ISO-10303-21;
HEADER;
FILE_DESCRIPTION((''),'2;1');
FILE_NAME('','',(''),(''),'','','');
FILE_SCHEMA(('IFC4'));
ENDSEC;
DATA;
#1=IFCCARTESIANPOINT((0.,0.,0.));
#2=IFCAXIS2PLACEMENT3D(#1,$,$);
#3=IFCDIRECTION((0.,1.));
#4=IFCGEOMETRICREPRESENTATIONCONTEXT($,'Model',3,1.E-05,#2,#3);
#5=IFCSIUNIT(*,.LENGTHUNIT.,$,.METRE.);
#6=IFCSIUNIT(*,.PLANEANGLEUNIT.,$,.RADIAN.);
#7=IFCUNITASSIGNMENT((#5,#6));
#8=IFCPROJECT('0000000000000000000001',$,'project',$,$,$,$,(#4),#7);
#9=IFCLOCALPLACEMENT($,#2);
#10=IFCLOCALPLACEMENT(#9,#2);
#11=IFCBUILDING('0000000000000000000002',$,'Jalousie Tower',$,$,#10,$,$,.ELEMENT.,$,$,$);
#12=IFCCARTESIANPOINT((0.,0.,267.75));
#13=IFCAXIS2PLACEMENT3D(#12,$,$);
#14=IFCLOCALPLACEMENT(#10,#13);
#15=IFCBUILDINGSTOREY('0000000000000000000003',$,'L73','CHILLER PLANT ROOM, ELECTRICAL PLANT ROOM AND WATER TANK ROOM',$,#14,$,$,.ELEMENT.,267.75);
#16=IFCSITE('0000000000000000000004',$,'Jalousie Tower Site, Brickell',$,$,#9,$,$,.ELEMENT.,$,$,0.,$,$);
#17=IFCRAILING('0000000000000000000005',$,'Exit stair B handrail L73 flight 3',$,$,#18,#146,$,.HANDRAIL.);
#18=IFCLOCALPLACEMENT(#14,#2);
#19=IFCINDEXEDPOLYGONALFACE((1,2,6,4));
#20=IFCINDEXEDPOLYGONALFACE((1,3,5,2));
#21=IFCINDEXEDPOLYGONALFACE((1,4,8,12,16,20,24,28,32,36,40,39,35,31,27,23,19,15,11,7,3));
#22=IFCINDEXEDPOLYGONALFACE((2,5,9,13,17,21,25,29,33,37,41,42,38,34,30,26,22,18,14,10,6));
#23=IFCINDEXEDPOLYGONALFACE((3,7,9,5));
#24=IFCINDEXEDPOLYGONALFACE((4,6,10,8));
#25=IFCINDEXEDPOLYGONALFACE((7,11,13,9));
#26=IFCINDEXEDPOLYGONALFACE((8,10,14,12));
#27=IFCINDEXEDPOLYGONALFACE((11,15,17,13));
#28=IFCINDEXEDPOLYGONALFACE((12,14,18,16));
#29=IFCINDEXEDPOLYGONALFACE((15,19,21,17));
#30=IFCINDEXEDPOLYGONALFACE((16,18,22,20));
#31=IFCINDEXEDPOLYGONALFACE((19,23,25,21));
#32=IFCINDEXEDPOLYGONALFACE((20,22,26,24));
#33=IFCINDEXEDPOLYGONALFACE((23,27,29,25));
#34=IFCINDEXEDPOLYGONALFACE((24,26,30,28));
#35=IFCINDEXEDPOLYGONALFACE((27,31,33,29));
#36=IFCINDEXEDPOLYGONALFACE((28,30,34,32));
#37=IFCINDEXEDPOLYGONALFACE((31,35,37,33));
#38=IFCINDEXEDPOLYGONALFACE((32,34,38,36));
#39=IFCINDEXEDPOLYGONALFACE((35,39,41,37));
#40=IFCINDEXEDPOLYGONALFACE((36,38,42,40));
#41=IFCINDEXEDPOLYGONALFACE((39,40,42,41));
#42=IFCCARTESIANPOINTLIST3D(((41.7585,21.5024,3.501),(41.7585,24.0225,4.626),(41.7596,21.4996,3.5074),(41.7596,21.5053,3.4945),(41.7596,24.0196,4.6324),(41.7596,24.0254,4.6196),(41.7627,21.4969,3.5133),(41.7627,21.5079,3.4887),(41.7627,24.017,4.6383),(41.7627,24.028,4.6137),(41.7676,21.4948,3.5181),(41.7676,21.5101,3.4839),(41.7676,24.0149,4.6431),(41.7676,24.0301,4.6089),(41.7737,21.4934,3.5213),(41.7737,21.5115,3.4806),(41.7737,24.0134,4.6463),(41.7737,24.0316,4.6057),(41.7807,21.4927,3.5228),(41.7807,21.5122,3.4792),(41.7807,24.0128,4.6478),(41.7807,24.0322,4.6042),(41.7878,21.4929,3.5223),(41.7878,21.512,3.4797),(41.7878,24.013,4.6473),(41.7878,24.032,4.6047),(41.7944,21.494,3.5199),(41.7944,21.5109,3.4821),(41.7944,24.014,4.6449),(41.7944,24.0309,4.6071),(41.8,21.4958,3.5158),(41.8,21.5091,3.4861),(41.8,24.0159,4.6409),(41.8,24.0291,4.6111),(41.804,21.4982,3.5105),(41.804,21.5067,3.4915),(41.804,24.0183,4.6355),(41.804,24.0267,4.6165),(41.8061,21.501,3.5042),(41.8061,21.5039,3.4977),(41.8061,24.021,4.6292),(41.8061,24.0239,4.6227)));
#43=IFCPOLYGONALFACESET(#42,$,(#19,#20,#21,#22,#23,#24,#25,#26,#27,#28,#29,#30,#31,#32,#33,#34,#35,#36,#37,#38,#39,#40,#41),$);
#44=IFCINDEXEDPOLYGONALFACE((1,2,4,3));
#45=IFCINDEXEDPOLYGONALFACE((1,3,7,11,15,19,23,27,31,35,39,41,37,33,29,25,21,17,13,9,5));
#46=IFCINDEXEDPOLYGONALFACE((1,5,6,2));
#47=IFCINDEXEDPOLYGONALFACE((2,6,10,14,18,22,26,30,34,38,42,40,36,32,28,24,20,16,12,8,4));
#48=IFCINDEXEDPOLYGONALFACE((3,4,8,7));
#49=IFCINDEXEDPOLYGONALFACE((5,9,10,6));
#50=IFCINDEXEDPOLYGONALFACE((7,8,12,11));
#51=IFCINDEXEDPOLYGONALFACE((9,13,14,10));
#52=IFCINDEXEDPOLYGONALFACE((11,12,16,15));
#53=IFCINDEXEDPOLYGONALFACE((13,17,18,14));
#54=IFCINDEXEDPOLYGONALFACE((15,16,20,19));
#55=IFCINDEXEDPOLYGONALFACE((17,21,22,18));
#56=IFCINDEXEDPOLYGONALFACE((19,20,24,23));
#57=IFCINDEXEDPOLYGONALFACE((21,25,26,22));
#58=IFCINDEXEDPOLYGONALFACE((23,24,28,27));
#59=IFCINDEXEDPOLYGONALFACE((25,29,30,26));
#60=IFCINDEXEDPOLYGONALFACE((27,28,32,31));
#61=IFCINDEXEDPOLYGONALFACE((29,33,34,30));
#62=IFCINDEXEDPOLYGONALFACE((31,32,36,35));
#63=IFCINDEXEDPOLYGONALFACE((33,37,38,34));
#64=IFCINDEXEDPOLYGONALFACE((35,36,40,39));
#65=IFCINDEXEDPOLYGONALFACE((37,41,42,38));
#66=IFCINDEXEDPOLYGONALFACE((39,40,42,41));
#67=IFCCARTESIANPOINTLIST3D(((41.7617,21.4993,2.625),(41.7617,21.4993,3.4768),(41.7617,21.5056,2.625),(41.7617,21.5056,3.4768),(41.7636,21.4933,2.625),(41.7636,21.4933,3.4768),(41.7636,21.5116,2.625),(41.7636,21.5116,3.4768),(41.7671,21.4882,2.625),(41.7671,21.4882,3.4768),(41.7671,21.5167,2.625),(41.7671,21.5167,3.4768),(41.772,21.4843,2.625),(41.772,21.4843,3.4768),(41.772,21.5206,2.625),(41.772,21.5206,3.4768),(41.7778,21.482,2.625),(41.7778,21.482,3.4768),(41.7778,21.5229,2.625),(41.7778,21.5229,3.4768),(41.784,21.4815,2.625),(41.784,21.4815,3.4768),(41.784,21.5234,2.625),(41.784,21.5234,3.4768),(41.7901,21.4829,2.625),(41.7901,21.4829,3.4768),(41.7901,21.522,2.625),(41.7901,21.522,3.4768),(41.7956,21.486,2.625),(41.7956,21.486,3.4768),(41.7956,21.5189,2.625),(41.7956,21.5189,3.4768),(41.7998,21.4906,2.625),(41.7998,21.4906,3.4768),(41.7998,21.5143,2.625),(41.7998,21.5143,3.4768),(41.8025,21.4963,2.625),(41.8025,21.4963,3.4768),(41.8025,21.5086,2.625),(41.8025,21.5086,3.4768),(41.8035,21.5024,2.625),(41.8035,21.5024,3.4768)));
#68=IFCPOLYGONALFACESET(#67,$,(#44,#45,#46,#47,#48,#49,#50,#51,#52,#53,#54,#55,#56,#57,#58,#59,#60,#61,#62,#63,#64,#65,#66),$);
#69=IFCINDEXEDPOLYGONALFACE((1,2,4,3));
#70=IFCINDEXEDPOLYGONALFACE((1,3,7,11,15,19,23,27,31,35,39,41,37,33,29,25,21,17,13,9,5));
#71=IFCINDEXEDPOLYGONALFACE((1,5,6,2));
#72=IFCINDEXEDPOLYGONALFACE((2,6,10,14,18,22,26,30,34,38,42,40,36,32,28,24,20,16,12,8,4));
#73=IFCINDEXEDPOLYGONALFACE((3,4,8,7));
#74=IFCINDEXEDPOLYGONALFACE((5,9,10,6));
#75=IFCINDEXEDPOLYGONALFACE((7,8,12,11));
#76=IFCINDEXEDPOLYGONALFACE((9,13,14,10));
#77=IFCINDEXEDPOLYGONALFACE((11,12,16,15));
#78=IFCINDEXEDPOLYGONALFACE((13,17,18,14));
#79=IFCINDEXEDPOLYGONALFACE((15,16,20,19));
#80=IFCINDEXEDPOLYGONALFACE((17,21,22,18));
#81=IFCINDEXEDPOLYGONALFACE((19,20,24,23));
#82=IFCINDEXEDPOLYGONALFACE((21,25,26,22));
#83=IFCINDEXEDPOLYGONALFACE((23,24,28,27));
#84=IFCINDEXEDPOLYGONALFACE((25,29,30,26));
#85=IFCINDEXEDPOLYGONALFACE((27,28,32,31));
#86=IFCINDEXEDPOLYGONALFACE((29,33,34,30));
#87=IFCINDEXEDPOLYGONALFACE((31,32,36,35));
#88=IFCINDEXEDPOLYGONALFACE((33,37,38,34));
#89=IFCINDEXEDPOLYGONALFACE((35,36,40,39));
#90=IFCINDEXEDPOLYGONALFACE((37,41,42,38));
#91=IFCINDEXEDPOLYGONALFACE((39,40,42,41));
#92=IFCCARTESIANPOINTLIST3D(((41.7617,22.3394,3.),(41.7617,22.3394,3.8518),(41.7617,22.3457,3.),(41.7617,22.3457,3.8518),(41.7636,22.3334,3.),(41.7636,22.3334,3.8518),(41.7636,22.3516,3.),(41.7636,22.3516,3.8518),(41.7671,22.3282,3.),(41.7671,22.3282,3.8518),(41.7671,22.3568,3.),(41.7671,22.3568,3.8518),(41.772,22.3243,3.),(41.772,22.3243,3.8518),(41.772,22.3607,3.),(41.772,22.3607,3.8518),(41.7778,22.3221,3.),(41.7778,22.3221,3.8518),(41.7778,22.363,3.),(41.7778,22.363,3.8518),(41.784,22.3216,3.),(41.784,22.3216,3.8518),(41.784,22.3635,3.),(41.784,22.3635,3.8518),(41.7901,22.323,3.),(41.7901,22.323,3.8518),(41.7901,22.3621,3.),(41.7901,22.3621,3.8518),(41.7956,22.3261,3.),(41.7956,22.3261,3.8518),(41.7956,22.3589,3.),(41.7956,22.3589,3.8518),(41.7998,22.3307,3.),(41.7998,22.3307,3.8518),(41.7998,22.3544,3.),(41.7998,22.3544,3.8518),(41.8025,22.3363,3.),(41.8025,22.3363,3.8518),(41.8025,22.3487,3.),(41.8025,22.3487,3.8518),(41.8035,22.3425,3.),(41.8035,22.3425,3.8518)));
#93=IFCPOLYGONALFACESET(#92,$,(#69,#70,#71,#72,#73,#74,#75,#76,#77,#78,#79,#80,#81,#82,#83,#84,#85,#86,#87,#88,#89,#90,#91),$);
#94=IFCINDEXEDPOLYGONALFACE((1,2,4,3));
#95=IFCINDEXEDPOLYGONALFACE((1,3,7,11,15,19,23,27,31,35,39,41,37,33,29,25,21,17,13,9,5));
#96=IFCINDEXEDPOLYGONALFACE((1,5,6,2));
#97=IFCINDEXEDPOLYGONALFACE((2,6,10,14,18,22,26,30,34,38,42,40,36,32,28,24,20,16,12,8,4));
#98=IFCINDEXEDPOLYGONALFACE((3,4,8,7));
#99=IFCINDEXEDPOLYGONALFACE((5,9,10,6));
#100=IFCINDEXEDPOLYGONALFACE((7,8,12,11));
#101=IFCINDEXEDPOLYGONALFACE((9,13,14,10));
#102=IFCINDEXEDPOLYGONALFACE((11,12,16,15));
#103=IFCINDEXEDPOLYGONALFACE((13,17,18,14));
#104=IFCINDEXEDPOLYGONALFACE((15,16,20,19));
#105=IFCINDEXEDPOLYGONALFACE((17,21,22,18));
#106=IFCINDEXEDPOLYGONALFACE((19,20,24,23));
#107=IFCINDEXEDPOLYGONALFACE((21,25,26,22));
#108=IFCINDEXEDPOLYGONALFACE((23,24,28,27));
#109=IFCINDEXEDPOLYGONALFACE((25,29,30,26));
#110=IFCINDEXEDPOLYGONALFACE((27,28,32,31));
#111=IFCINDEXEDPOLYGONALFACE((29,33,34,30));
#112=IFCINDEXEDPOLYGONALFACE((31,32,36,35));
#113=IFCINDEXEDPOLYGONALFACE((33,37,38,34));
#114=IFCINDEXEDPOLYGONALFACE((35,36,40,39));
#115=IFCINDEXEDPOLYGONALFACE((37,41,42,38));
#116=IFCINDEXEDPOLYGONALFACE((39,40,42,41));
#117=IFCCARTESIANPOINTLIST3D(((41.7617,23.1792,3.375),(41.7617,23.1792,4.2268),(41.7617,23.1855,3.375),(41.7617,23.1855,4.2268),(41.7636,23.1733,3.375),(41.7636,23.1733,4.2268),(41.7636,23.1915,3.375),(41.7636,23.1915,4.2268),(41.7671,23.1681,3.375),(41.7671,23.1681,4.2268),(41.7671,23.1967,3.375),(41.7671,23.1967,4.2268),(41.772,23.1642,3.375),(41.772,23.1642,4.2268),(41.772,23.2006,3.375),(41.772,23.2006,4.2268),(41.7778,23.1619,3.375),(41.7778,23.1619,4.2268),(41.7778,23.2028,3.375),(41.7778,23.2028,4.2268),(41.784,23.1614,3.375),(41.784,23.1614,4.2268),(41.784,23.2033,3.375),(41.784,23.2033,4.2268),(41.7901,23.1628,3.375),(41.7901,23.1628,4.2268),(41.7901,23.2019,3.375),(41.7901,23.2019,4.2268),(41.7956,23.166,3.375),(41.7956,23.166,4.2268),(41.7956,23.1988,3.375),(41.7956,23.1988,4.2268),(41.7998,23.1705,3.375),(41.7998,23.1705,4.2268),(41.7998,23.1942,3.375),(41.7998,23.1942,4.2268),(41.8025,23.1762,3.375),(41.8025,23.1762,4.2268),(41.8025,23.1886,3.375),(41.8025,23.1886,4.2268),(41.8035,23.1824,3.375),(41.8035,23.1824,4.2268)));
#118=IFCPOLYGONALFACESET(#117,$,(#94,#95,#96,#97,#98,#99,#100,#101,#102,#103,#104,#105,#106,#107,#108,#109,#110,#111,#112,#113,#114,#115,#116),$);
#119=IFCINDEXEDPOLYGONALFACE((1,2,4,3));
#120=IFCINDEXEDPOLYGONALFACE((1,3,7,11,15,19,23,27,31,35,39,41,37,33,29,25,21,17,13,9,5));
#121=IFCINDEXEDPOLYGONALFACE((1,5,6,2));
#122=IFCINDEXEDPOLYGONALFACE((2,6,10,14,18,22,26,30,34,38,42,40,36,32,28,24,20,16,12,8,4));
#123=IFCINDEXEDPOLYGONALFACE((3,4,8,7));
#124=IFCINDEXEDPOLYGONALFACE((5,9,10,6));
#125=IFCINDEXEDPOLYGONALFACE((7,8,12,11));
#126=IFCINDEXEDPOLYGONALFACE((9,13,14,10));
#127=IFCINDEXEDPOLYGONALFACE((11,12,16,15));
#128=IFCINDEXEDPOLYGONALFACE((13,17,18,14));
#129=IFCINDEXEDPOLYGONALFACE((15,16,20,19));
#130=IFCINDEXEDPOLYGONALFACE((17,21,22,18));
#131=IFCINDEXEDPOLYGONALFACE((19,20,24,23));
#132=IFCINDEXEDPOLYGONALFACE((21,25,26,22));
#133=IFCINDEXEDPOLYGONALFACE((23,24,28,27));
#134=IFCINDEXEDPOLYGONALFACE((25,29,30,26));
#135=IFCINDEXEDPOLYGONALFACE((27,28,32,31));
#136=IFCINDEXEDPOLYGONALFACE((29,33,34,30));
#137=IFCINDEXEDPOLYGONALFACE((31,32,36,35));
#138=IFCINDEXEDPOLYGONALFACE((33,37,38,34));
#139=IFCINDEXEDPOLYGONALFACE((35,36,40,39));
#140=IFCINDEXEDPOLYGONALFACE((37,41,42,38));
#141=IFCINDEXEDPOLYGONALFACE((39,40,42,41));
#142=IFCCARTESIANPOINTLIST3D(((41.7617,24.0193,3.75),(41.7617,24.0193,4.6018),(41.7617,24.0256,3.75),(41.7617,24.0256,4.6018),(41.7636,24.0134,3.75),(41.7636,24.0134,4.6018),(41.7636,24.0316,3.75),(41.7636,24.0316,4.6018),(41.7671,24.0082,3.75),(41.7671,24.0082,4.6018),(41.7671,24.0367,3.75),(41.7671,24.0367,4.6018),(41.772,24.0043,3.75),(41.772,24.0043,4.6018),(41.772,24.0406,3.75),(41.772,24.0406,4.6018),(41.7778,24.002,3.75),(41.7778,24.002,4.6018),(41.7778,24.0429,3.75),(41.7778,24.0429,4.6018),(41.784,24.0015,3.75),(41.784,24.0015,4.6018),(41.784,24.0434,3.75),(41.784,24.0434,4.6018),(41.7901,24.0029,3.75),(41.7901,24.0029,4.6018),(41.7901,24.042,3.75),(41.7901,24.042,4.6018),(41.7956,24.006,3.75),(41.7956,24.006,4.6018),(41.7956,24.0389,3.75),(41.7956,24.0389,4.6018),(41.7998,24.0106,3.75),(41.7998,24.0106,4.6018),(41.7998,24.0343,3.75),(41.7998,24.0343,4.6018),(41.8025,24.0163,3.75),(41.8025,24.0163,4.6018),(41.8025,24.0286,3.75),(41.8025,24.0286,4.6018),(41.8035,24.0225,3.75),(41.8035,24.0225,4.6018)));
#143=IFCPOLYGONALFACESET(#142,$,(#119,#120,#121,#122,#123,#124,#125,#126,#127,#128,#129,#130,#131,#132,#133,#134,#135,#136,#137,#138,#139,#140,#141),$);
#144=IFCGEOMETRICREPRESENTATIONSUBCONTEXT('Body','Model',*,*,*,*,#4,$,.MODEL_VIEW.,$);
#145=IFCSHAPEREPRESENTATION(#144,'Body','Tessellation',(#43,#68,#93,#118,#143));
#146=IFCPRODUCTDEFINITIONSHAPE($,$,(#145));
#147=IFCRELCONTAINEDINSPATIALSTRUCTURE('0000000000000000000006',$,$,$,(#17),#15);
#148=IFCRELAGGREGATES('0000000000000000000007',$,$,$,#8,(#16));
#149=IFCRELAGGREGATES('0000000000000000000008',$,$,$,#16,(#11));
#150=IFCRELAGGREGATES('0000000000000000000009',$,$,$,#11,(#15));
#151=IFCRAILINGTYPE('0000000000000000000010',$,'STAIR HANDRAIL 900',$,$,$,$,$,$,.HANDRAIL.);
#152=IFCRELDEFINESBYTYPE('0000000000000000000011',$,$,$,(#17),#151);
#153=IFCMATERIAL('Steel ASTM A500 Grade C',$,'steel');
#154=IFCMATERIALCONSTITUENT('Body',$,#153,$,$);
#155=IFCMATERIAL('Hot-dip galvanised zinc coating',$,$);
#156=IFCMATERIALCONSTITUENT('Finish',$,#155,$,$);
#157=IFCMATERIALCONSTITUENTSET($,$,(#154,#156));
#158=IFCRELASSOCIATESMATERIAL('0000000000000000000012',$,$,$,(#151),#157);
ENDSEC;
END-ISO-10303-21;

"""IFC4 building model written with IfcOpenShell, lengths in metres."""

from ifc_helpers import new_model, si_unit, direction, frame, origin, origin_2d, place, context, subcontext, project, spatial, circle, extrude, material, constituent, constituent_set, type_object, element, save


model = new_model("IFC4")

# Units and contexts
model_context = context("Model", 3, precision=1e-05, world=origin(), true_north=direction((0.0, 1.0)))
body_context = subcontext(model_context, "Body", "Model", "MODEL_VIEW")
ifc_project = project(units=[si_unit("LENGTHUNIT", "METRE"), si_unit("PLANEANGLEUNIT", "RADIAN")], contexts=[model_context])

# Site, building, storey
site_placement = place(None, origin())
site = spatial("IfcSite", under=ifc_project, at=site_placement, Name="Jalousie Tower Site, Brickell", CompositionType="ELEMENT", RefElevation=0.0)
building_placement = place(site_placement, origin())
building = spatial("IfcBuilding", under=site, at=building_placement, Name="Jalousie Tower", CompositionType="ELEMENT")
storey_placement = place(building_placement, frame((0.0, 0.0, 267.75)))
storey = spatial("IfcBuildingStorey", under=building, at=storey_placement, Name="L73", Description="CHILLER PLANT ROOM, ELECTRICAL PLANT ROOM AND WATER TANK ROOM", CompositionType="ELEMENT", Elevation=267.75)

# Railing
ifc_material_1 = material(Name="Steel ASTM A500 Grade C", Category="steel")
ifc_constituent_1 = constituent(ifc_material_1, Name="Body")
ifc_material_2 = material(Name="Hot-dip galvanised zinc coating")
ifc_constituent_2 = constituent(ifc_material_2, Name="Finish")
ifc_constituent_set_1 = constituent_set(constituents=[ifc_constituent_1, ifc_constituent_2])
railing_type_1 = type_object("IfcRailingType", Name="STAIR HANDRAIL 900", PredefinedType="HANDRAIL", material=ifc_constituent_set_1)
railing_1_placement = place(storey_placement, frame((41.7825, 21.5024, 2.625)))
element("IfcRailing", 1, at=railing_1_placement, inside=storey, type_object=railing_type_1, Name="Exit stair B handrail L73 flight 3", PredefinedType="HANDRAIL", context=body_context, shape_type="SweptSolid", body=[
    extrude(circle(Radius=0.0239, at=origin_2d()), frame((0.0, 0.0, 0.876), z_axis=(0.0, 0.913139, 0.407648), x_axis=(-1.0, 0.0, 0.0)), (0.0, 0.0, 1.0), 2.7598),
    extrude(circle(Radius=0.021, at=origin_2d()), origin(), (0.0, 0.0, 1.0), 0.8518),
    extrude(circle(Radius=0.021, at=origin_2d()), frame((0.0, 0.8401, 0.375)), (0.0, 0.0, 1.0), 0.8518),
    extrude(circle(Radius=0.021, at=origin_2d()), frame((0.0, 1.6799, 0.75)), (0.0, 0.0, 1.0), 0.8518),
    extrude(circle(Radius=0.021, at=origin_2d()), frame((0.0, 2.52, 1.125)), (0.0, 0.0, 1.0), 0.8518),
])

save(model, "model.ifc")
